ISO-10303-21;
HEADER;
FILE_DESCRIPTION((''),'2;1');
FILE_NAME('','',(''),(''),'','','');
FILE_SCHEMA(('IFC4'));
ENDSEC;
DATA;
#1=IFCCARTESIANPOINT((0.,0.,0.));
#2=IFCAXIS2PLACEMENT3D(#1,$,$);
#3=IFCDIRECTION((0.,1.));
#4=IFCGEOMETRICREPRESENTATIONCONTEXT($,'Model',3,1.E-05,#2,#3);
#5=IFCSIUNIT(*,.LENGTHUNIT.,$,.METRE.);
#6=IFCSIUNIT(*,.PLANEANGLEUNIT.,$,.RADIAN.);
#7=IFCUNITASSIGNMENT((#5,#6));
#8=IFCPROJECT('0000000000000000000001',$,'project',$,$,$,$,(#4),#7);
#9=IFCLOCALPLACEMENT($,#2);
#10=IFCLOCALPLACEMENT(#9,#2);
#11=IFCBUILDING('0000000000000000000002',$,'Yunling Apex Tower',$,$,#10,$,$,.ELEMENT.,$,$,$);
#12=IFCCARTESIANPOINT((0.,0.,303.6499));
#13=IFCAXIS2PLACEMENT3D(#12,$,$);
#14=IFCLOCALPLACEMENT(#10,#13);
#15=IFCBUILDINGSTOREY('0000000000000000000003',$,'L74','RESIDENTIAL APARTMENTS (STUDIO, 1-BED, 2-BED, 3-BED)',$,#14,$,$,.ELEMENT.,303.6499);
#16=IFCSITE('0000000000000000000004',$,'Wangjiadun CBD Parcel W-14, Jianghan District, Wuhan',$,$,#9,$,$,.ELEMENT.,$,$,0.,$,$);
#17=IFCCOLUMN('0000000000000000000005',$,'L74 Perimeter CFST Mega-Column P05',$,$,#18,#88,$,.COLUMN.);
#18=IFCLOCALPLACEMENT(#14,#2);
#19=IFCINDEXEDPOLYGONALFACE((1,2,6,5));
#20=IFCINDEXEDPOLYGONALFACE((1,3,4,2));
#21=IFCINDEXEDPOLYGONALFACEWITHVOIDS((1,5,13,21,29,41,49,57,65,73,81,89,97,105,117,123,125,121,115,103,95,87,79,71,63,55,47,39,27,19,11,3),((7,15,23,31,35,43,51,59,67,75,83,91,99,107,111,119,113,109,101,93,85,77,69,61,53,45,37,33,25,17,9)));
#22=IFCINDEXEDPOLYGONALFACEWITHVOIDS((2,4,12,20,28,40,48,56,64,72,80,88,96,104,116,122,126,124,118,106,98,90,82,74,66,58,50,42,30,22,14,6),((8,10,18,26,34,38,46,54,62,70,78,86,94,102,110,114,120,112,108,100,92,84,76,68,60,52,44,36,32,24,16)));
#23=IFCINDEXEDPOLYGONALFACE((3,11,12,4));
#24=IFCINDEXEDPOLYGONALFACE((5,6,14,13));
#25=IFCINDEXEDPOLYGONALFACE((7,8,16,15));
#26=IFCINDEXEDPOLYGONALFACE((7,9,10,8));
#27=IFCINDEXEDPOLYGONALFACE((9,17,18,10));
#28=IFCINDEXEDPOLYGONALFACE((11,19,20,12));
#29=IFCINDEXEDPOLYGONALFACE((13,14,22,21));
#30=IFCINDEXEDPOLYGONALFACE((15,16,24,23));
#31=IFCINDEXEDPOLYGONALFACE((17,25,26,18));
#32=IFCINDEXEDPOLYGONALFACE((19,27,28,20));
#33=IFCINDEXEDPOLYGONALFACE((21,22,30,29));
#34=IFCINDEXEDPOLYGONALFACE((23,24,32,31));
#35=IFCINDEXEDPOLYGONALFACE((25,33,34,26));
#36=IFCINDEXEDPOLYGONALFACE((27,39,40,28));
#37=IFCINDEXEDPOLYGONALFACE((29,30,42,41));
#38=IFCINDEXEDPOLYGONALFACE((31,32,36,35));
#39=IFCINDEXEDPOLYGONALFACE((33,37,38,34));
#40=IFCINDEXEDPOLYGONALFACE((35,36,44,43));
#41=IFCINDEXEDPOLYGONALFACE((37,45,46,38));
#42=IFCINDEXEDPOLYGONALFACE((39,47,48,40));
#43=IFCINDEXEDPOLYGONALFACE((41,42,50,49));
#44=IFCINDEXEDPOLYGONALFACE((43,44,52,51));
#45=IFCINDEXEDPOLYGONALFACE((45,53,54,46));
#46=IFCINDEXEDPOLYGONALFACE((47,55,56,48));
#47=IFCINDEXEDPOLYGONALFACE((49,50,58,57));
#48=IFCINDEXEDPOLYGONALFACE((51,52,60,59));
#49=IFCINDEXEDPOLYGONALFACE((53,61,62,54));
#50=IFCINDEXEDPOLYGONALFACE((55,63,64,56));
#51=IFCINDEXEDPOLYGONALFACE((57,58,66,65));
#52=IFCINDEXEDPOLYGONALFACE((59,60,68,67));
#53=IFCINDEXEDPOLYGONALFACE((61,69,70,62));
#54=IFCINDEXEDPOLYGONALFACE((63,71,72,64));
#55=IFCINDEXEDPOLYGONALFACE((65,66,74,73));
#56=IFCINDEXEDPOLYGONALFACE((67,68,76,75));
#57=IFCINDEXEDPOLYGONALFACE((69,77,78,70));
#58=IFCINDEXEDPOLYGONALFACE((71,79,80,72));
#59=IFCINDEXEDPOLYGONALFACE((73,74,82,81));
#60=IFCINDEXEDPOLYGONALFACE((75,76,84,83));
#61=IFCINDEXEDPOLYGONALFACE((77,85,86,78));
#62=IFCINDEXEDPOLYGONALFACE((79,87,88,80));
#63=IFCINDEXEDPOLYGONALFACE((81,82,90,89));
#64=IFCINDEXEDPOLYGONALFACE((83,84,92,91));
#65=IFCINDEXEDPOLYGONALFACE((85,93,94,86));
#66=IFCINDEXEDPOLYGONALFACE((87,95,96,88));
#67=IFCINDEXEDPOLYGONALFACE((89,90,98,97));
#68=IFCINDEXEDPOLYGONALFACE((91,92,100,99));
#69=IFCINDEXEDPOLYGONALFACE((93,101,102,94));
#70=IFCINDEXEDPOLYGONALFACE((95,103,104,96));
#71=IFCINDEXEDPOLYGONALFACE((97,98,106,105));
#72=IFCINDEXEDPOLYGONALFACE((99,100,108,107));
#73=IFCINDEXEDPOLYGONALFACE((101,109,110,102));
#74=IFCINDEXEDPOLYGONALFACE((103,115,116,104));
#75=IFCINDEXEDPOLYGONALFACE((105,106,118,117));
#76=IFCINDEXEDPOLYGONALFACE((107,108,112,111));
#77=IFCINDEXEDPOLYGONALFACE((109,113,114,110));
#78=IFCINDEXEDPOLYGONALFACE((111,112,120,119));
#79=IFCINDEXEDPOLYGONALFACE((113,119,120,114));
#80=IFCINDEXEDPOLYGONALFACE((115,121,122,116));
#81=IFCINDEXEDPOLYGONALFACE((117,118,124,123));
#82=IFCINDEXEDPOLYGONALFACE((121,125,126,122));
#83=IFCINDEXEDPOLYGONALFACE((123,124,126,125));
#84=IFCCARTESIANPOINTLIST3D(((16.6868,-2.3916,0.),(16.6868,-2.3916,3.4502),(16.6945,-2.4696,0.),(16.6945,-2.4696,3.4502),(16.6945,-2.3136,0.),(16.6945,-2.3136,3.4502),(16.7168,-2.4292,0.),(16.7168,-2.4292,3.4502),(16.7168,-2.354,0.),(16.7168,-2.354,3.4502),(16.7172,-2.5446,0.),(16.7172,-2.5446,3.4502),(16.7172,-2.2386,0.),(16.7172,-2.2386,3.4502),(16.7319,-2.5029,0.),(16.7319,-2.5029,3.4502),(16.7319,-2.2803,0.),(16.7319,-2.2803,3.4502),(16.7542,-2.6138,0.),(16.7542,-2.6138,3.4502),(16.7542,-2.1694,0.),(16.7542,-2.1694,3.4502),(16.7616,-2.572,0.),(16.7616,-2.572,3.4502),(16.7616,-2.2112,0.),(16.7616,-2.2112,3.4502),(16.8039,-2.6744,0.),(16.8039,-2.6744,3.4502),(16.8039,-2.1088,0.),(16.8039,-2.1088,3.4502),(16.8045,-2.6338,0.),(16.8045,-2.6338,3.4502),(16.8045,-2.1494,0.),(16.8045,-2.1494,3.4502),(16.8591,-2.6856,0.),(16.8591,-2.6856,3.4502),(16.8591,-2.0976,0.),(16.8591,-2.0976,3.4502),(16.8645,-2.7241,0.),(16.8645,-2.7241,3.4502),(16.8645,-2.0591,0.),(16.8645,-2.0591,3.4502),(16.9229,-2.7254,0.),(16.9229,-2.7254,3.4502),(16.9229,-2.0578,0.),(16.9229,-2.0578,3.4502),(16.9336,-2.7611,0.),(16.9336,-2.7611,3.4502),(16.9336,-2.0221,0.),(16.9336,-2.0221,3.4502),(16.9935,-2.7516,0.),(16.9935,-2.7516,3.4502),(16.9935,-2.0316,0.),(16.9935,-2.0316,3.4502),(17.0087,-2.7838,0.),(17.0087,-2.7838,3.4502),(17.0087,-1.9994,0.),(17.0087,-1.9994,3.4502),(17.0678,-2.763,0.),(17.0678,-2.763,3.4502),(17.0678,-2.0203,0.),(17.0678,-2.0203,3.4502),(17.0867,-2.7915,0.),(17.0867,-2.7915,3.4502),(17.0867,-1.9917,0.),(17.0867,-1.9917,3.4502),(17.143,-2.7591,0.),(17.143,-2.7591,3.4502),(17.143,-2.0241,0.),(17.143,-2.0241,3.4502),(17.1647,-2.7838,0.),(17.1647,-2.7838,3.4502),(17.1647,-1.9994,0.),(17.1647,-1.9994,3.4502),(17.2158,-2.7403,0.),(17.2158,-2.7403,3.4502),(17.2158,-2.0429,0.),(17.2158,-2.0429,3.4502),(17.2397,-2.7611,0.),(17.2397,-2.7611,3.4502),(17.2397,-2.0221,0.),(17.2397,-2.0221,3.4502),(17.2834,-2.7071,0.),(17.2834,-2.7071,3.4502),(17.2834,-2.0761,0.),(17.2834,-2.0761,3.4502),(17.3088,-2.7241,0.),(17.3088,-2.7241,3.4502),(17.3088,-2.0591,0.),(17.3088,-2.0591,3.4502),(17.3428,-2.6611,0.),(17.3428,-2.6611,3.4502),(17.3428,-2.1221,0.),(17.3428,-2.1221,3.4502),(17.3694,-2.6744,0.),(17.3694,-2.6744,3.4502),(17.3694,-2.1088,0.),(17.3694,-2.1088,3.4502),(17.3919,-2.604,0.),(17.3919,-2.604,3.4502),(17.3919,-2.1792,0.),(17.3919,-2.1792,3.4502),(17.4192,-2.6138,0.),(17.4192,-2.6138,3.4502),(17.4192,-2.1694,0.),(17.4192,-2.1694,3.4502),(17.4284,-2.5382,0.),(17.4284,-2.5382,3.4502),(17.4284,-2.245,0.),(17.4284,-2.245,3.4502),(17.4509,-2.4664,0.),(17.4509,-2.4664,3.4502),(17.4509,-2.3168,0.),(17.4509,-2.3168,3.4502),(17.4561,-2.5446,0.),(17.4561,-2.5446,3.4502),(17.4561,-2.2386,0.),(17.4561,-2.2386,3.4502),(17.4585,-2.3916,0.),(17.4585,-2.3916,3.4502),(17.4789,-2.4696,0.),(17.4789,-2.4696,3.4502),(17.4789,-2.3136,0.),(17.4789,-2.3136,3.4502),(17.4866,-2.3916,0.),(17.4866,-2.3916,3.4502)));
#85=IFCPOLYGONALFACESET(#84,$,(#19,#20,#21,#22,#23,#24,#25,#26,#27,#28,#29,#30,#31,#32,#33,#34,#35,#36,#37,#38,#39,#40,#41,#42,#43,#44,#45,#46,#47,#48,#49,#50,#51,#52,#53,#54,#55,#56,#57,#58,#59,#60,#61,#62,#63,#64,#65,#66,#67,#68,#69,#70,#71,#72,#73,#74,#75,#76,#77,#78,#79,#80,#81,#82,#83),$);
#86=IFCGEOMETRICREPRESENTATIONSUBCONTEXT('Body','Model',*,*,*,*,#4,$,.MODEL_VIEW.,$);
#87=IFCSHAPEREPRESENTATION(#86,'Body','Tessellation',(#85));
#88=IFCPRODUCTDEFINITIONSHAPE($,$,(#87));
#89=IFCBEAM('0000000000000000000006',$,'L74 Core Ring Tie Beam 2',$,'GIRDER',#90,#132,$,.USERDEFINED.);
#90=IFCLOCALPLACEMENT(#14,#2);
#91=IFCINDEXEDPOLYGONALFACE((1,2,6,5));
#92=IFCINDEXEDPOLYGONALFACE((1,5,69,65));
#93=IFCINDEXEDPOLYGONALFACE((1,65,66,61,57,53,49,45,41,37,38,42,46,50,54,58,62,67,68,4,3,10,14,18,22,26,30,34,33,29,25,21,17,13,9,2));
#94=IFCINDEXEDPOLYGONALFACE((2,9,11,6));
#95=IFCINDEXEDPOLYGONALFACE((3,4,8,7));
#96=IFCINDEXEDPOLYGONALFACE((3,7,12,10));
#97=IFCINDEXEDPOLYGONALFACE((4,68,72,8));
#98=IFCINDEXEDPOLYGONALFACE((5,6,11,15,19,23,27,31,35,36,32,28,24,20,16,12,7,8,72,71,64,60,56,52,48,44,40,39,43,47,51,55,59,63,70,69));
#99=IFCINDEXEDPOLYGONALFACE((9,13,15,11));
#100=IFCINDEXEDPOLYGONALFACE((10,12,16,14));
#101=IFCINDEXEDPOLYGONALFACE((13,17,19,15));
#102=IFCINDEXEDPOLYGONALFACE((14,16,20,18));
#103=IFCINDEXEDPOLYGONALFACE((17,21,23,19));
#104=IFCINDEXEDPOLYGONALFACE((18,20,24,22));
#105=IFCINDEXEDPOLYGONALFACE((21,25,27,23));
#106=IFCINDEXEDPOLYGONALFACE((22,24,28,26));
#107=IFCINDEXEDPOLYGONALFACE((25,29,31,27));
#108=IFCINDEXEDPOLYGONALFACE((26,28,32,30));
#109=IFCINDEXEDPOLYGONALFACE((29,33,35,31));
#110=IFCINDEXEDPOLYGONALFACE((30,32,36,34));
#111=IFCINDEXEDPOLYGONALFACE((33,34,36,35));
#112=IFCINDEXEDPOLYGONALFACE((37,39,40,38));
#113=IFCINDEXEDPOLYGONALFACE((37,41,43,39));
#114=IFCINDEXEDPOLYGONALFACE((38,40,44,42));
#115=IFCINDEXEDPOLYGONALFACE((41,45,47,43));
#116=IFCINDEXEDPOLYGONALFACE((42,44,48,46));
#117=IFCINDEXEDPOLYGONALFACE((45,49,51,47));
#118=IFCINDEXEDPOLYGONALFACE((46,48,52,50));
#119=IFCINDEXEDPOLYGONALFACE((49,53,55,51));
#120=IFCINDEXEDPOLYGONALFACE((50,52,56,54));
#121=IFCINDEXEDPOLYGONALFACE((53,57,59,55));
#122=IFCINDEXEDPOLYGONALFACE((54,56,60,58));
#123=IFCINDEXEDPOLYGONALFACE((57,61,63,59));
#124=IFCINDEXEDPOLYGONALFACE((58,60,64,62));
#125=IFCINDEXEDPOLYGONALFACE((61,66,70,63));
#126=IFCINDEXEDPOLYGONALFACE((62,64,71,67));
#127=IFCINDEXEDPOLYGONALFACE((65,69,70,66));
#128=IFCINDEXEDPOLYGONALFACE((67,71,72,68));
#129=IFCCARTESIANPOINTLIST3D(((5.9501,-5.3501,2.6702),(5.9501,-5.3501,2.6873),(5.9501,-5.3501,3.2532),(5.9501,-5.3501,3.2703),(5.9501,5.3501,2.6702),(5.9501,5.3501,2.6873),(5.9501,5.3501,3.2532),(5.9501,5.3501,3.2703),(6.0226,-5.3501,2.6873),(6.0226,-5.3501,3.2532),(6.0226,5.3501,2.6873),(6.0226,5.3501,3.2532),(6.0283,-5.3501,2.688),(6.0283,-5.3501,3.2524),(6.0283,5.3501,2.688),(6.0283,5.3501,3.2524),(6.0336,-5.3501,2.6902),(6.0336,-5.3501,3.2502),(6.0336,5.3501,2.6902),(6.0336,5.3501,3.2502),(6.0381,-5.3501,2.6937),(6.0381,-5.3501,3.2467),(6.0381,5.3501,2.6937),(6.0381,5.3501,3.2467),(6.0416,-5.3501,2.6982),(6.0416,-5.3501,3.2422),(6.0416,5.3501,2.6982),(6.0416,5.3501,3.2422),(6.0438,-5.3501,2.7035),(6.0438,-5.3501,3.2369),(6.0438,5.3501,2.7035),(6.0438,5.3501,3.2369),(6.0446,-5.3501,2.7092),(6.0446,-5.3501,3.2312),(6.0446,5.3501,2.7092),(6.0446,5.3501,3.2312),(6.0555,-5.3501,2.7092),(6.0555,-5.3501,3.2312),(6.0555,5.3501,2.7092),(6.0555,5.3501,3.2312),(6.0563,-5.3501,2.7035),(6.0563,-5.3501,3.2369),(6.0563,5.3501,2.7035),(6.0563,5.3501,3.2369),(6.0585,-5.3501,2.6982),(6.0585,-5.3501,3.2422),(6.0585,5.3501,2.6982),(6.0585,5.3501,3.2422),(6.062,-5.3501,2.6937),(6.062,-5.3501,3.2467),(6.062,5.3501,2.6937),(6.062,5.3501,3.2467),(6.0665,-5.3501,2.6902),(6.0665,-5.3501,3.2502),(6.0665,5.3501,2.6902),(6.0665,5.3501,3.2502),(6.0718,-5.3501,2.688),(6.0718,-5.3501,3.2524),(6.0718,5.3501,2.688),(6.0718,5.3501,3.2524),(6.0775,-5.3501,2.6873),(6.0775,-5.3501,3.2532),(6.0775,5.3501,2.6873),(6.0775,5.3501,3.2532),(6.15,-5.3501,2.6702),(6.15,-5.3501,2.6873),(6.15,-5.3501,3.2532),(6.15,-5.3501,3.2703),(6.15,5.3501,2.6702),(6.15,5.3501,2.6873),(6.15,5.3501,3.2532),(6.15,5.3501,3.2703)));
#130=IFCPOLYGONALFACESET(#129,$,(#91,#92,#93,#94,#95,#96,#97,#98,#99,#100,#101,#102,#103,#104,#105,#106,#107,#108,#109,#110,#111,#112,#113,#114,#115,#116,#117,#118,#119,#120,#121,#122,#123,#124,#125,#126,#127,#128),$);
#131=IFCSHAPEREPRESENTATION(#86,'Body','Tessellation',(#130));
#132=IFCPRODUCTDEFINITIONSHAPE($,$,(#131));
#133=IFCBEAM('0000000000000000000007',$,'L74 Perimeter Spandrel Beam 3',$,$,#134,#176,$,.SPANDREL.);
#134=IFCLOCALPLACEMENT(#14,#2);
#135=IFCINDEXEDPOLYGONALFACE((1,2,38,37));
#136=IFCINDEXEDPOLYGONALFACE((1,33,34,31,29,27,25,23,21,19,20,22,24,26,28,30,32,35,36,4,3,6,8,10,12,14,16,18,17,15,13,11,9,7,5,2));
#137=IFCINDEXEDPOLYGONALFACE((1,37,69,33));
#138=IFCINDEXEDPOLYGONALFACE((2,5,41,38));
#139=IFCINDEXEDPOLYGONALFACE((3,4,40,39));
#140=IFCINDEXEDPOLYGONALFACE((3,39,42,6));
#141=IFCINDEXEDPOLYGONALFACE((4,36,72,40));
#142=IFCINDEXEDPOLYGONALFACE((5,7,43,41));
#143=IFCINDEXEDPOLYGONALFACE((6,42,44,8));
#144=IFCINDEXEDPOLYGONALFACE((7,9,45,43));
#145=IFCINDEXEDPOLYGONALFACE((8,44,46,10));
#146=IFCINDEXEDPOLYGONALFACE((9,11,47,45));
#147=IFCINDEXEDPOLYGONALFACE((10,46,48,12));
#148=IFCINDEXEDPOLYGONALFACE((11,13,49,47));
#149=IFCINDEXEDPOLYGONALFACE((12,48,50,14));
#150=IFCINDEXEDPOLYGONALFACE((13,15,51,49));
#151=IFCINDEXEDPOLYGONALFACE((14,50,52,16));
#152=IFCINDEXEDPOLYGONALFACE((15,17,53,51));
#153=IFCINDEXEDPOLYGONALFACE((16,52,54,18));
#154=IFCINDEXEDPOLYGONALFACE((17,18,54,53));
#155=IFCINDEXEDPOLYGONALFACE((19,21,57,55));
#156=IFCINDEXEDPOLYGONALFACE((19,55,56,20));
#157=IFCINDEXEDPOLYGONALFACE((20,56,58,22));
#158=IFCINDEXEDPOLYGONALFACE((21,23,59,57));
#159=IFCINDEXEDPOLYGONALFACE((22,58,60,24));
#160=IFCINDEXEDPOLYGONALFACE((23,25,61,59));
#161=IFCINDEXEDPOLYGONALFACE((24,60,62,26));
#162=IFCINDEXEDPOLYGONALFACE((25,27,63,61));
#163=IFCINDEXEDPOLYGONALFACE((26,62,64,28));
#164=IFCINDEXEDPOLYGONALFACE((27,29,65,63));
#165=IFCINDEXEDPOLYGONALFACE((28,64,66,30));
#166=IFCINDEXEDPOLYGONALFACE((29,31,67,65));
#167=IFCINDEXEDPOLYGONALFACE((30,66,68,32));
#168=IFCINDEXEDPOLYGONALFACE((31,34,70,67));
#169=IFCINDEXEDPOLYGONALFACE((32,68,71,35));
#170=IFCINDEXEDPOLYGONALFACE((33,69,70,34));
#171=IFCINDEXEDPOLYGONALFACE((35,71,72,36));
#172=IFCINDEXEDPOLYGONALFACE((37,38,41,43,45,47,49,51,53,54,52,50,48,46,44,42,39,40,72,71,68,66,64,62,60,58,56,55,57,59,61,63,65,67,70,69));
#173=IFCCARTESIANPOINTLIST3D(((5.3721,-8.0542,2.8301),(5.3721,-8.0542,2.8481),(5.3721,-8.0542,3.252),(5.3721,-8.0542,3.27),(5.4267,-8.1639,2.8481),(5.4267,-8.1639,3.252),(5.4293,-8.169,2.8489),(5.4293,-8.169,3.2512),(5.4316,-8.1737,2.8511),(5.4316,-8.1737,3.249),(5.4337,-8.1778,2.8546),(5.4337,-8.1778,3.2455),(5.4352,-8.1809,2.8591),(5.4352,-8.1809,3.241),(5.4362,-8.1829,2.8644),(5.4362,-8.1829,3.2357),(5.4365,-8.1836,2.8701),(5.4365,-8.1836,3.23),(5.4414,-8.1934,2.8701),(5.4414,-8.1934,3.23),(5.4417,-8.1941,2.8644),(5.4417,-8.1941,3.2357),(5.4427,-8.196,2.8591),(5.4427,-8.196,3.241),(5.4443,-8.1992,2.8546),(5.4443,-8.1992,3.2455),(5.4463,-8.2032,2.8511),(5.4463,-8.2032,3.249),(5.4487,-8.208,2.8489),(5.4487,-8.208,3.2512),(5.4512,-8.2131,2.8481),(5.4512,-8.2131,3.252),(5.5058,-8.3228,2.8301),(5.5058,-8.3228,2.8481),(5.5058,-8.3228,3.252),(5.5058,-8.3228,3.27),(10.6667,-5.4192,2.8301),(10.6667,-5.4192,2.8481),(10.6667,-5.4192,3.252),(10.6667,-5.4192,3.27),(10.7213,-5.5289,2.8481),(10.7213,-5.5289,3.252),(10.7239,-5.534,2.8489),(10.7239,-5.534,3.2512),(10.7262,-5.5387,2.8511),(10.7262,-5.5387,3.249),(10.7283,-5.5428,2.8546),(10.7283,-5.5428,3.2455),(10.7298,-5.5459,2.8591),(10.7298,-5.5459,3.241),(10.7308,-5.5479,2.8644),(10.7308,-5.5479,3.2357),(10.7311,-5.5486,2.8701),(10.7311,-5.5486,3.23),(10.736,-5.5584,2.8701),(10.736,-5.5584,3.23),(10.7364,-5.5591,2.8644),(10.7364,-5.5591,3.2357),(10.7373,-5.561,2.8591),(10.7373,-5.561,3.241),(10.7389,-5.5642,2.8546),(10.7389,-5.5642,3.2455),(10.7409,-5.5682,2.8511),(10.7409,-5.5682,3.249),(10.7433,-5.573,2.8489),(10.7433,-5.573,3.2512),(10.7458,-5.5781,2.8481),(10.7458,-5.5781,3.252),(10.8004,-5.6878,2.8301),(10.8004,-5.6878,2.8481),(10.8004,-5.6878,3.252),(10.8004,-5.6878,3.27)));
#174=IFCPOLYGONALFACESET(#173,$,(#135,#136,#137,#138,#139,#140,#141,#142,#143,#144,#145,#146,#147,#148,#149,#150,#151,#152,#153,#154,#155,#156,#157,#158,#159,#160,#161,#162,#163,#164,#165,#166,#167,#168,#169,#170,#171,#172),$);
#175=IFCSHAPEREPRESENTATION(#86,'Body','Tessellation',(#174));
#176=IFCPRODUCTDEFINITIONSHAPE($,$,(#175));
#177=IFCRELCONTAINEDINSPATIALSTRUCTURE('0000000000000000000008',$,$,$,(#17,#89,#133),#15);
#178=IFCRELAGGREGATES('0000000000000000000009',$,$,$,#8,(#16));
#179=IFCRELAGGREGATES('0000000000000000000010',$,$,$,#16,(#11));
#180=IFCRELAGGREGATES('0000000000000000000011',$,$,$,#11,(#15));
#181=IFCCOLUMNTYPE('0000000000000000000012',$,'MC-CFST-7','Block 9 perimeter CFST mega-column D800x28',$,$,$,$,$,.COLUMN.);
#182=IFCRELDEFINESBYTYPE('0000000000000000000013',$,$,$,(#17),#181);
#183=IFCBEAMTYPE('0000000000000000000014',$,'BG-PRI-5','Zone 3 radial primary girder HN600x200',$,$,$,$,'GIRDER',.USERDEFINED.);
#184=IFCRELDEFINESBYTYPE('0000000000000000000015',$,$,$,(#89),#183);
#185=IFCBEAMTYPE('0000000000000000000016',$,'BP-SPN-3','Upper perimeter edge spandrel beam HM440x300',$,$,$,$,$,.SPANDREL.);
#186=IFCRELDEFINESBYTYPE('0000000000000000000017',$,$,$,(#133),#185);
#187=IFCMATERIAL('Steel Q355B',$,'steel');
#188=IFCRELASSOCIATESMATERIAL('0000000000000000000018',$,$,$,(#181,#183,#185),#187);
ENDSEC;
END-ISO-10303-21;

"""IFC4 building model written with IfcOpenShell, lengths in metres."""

from ifc_helpers import new_model, si_unit, direction, frame, origin, origin_2d, place, context, subcontext, project, spatial, hollow_circle, i_section, extrude, source, transform, mapped, material, material_profile, profile_set, type_object, element, save


model = new_model("IFC4")

# Units and contexts
model_context = context("Model", 3, precision=1e-05, world=origin(), true_north=direction((0.0, 1.0)))
body_context = subcontext(model_context, "Body", "Model", "MODEL_VIEW")
ifc_project = project(units=[si_unit("LENGTHUNIT", "METRE"), si_unit("PLANEANGLEUNIT", "RADIAN")], contexts=[model_context])

# Site, building, storey
site_placement = place(None, origin())
site = spatial("IfcSite", under=ifc_project, at=site_placement, Name="Wangjiadun CBD Parcel W-14, Jianghan District, Wuhan", CompositionType="ELEMENT", RefElevation=0.0)
building_placement = place(site_placement, origin())
building = spatial("IfcBuilding", under=site, at=building_placement, Name="Yunling Apex Tower", CompositionType="ELEMENT")
storey_placement = place(building_placement, frame((0.0, 0.0, 303.6499)))
storey = spatial("IfcBuildingStorey", under=building, at=storey_placement, Name="L74", Description="RESIDENTIAL APARTMENTS (STUDIO, 1-BED, 2-BED, 3-BED)", CompositionType="ELEMENT", Elevation=303.6499)

# Column
ifc_material_1 = material(Name="Steel Q355B", Category="steel")
ifc_material_profile_1 = material_profile(ifc_material_1, hollow_circle(Radius=0.3999, WallThickness=0.0281, at=origin_2d()))
ifc_profile_set_1 = profile_set([ifc_material_profile_1], Name="Steel Q355B")
column_type_1 = type_object("IfcColumnType", Name="MC-CFST-7", Description="Block 9 perimeter CFST mega-column D800x28", PredefinedType="COLUMN", material=ifc_profile_set_1)
shared_shape_1 = source(origin(), body_context, "Body", "SweptSolid", [
    extrude(hollow_circle(Radius=0.3999, WallThickness=0.0281, at=origin_2d()), origin(), (0.0, 0.0, 1.0), 3.4502),
])
for number, where, z_axis, x_axis, name in (
    (1, (17.0867, -2.3916, 0.0), (0.0, 0.0, 1.0), (1.0, 0.0, 0.0), "L74 Perimeter CFST Mega-Column P05"),
):
    element("IfcColumn", number, at=place(storey_placement, frame(where, z_axis=z_axis, x_axis=x_axis)), inside=storey, type_object=column_type_1, Name=name, PredefinedType="COLUMN", context=body_context, shape_type="MappedRepresentation", body=[
        mapped(shared_shape_1, transform((0.0, 0.0, 0.0), scale=1.0)),
    ])

# Beams
ifc_material_profile_2 = material_profile(ifc_material_1, i_section(OverallWidth=0.2, OverallDepth=0.6001, WebThickness=0.011, FlangeThickness=0.0171, FilletRadius=0.022, at=origin_2d()))
ifc_profile_set_2 = profile_set([ifc_material_profile_2], Name="Steel Q355B")
beam_type_1 = type_object("IfcBeamType", Name="BG-PRI-5", Description="Zone 3 radial primary girder HN600x200", ElementType="GIRDER", PredefinedType="USERDEFINED", material=ifc_profile_set_2)
shared_shape_2 = source(origin(), body_context, "Body", "SweptSolid", [
    extrude(i_section(OverallWidth=0.2, OverallDepth=0.6001, WebThickness=0.011, FlangeThickness=0.0171, FilletRadius=0.022, at=origin_2d()), origin(), (0.0, 0.0, 1.0), 10.7002),
])
beam_1_placement = place(storey_placement, frame((6.05, -5.3501, 2.9702), z_axis=(0.0, 1.0, 0.0), x_axis=(-1.0, 0.0, 0.0)))
element("IfcBeam", 2, at=beam_1_placement, inside=storey, type_object=beam_type_1, Name="L74 Core Ring Tie Beam 2", ObjectType="GIRDER", PredefinedType="USERDEFINED", context=body_context, shape_type="MappedRepresentation", body=[
    mapped(shared_shape_2, transform((0.0, 0.0, 0.0), scale=1.0)),
])
ifc_material_profile_3 = material_profile(ifc_material_1, i_section(OverallWidth=0.3, OverallDepth=0.4399, WebThickness=0.011, FlangeThickness=0.0181, FilletRadius=0.022, at=origin_2d()))
ifc_profile_set_3 = profile_set([ifc_material_profile_3], Name="Steel Q355B")
beam_type_2 = type_object("IfcBeamType", Name="BP-SPN-3", Description="Upper perimeter edge spandrel beam HM440x300", PredefinedType="SPANDREL", material=ifc_profile_set_3)
shared_shape_3 = source(origin(), body_context, "Body", "SweptSolid", [
    extrude(i_section(OverallWidth=0.3, OverallDepth=0.4399, WebThickness=0.011, FlangeThickness=0.0181, FilletRadius=0.022, at=origin_2d()), origin(), (0.0, 0.0, 1.0), 5.9141),
])
for number, where, z_axis, x_axis, name in (
    (3, (5.439, -8.1885, 3.05), (0.89526, 0.445545, 0.0), (-0.445545, 0.89526, 0.0), "L74 Perimeter Spandrel Beam 3"),
):
    element("IfcBeam", number, at=place(storey_placement, frame(where, z_axis=z_axis, x_axis=x_axis)), inside=storey, type_object=beam_type_2, Name=name, PredefinedType="SPANDREL", context=body_context, shape_type="MappedRepresentation", body=[
        mapped(shared_shape_3, transform((0.0, 0.0, 0.0), scale=1.0)),
    ])

save(model, "model.ifc")
